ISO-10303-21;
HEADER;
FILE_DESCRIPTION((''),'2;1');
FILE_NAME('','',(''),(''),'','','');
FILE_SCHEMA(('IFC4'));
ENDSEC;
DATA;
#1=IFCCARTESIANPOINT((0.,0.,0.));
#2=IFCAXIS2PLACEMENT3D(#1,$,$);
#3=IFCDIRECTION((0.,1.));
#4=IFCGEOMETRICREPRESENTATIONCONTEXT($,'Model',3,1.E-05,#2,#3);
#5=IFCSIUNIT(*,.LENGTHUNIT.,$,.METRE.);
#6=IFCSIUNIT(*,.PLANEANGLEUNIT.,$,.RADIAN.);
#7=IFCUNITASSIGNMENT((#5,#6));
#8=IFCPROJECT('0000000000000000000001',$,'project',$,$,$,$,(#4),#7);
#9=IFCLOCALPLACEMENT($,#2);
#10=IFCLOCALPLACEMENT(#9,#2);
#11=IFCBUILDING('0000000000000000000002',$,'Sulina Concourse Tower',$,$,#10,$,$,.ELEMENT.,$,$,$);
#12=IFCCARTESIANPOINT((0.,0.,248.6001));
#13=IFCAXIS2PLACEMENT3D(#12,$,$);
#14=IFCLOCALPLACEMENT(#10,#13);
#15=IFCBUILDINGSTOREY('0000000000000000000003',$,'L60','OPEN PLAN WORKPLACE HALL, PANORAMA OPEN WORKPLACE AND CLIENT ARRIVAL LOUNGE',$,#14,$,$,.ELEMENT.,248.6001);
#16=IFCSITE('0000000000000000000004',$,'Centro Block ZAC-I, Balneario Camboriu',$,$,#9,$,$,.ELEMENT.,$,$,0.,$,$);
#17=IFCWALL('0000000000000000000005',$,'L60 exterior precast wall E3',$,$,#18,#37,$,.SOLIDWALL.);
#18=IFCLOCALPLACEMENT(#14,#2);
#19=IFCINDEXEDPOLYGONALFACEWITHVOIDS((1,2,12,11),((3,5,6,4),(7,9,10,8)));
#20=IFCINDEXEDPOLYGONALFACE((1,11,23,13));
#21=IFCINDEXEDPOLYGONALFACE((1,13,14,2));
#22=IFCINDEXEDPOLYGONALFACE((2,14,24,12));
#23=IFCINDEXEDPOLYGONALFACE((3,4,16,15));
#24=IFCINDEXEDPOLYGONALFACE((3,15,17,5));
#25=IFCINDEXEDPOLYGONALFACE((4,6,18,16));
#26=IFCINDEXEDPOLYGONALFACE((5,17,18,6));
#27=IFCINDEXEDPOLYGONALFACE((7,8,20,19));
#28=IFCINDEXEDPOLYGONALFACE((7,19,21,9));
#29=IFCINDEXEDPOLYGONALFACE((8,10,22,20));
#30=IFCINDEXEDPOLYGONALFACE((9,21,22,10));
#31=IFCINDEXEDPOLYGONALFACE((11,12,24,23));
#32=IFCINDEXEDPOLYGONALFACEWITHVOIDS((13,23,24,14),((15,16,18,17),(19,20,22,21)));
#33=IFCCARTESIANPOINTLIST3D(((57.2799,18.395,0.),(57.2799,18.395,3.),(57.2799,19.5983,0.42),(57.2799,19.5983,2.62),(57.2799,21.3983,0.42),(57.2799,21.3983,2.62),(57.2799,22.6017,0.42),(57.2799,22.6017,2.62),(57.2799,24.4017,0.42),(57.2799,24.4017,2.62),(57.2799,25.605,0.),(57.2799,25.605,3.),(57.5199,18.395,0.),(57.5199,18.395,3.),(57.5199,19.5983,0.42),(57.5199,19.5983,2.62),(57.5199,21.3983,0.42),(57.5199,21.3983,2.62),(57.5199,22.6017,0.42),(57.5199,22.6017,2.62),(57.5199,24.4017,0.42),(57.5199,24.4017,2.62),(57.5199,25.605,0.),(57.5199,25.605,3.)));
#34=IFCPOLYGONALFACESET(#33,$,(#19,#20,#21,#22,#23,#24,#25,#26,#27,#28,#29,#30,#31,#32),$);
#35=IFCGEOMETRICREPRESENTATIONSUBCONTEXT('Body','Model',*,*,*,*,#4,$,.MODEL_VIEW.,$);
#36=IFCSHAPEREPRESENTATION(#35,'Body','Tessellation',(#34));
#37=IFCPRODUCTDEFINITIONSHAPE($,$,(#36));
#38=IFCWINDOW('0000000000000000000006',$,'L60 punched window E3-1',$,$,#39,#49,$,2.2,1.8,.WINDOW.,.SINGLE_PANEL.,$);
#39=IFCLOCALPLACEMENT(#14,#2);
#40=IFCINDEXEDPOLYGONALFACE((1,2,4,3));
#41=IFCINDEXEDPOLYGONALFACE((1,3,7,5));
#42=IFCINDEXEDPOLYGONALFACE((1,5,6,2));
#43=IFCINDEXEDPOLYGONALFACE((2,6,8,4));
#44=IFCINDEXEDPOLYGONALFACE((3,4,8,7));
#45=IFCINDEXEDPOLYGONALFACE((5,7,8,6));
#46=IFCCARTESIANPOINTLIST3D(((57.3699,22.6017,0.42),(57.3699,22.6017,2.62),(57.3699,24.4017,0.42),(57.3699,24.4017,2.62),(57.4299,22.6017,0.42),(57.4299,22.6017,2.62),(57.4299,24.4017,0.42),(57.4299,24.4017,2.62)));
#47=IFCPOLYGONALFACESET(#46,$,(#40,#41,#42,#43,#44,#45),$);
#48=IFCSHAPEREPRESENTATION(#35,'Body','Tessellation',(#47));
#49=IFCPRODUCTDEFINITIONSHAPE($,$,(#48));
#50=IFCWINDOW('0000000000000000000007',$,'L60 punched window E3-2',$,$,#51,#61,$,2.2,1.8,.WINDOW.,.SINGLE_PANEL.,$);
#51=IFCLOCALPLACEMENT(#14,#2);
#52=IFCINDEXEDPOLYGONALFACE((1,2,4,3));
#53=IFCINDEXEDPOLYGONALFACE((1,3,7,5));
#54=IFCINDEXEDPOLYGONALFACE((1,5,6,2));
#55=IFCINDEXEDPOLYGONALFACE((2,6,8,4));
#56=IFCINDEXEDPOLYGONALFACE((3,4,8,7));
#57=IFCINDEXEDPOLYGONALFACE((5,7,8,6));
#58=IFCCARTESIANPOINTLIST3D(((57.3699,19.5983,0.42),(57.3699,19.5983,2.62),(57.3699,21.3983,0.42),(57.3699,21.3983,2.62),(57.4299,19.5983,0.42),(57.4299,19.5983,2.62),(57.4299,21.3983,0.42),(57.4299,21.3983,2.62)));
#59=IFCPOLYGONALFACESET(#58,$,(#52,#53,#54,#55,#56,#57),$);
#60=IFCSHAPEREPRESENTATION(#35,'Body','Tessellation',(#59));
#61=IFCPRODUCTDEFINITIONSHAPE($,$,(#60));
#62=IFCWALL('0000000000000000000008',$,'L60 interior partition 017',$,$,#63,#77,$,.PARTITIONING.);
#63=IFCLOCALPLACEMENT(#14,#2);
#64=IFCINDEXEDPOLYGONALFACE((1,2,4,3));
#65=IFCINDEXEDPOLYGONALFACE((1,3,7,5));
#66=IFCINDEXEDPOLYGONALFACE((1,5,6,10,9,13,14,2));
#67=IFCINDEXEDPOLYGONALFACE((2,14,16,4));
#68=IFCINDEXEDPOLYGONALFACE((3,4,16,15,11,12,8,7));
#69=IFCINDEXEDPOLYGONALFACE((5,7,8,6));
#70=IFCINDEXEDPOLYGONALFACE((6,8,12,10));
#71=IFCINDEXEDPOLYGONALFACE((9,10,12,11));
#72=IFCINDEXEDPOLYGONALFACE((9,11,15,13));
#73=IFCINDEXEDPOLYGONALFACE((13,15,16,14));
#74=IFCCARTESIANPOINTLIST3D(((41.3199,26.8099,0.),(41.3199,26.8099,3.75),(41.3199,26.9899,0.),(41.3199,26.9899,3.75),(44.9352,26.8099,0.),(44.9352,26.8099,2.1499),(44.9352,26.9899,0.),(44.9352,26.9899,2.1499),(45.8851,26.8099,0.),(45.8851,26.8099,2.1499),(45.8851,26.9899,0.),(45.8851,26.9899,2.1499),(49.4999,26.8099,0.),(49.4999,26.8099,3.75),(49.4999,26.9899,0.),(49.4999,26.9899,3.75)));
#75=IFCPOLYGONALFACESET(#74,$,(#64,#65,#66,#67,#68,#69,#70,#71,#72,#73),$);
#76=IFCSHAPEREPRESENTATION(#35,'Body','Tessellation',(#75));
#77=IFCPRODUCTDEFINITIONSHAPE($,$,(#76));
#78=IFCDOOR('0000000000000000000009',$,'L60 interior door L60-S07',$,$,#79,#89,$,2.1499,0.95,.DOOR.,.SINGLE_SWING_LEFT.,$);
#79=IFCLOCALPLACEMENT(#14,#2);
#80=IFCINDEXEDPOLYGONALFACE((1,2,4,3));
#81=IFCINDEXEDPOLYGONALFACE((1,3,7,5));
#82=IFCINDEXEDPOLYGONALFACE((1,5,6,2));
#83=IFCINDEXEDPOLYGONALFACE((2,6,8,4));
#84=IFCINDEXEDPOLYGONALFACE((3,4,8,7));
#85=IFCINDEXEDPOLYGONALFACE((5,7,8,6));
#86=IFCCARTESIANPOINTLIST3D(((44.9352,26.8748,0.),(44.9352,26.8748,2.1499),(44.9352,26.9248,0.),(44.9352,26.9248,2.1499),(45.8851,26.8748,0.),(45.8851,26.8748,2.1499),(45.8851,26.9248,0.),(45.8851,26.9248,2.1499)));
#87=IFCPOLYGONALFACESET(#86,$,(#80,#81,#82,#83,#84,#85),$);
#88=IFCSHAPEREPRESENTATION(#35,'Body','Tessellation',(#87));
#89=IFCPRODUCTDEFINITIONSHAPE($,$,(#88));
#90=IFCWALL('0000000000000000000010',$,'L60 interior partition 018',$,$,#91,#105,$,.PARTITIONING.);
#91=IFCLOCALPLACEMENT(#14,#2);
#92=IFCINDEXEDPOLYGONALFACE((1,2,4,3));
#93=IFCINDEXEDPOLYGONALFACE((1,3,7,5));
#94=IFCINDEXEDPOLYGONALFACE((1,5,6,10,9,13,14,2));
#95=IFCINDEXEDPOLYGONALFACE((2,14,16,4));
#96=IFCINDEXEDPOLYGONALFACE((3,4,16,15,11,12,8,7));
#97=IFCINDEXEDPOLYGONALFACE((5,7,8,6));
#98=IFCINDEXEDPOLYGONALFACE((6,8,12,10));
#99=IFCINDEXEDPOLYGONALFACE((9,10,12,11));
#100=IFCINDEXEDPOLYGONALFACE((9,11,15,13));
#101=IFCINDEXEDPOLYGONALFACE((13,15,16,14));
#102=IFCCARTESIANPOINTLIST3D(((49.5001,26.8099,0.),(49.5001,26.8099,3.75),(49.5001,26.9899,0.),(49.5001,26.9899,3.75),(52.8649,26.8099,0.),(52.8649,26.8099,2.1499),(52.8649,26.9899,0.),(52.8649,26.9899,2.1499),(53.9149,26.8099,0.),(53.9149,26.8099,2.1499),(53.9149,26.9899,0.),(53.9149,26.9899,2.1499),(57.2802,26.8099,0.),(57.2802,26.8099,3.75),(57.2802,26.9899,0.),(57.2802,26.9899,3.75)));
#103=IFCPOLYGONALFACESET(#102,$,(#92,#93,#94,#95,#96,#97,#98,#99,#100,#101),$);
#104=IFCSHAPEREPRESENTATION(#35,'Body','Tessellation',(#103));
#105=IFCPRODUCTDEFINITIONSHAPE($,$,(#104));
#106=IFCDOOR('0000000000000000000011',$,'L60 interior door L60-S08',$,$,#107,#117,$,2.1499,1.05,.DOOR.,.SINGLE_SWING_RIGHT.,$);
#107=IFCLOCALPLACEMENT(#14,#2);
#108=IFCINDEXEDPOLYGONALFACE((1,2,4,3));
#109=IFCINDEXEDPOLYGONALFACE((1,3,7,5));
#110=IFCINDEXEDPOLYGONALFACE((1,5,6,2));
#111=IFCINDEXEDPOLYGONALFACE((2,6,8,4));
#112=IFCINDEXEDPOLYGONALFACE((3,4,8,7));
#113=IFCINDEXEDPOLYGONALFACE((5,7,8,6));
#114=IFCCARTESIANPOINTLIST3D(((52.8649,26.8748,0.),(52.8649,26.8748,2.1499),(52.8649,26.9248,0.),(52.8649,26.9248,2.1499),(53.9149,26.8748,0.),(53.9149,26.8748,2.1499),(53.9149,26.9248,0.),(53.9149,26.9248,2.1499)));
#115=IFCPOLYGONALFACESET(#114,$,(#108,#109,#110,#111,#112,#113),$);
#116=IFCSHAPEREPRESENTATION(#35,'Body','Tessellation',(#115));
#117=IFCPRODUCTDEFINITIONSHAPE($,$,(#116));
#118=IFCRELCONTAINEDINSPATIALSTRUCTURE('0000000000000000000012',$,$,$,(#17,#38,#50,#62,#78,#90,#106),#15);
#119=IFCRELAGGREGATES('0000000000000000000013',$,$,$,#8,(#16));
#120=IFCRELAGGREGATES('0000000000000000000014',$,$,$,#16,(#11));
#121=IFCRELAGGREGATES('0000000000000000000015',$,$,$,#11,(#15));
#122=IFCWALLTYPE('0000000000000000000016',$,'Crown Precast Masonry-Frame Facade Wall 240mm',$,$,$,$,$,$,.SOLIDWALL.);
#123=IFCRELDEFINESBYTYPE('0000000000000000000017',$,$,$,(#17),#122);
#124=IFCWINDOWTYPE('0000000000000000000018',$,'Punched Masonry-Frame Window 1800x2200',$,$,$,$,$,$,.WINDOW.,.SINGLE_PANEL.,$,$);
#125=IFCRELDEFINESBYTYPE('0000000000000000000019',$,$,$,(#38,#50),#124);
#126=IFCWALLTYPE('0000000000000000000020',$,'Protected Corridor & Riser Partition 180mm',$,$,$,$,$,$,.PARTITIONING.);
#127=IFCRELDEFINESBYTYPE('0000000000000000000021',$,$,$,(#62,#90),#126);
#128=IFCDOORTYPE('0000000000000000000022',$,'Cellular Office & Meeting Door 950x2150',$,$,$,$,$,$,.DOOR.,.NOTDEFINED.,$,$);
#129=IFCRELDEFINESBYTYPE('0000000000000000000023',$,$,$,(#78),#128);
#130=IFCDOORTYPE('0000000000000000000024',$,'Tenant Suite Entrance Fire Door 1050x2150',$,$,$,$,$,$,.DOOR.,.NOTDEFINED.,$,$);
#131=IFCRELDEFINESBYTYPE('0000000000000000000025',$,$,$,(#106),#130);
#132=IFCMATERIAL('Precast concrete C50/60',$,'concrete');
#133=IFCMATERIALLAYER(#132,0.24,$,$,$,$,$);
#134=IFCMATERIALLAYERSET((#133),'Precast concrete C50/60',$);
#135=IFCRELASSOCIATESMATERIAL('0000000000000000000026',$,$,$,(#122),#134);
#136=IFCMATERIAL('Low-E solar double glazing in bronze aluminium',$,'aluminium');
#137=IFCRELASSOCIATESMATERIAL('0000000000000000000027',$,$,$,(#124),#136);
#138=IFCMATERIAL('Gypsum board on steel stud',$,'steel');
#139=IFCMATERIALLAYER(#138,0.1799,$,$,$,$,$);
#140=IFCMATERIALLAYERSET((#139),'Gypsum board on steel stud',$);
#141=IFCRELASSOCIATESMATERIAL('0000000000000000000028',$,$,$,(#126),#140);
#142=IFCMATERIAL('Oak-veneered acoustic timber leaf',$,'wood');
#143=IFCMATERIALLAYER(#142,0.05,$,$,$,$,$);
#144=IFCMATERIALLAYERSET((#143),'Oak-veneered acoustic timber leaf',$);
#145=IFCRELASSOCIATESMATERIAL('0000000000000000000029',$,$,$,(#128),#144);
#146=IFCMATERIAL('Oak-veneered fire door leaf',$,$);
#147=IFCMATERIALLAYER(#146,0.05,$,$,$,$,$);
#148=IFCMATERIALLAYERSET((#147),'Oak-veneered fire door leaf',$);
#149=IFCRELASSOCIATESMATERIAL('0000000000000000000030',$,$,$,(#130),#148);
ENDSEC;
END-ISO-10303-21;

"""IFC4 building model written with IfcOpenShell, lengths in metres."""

from ifc_helpers import new_model, si_unit, direction, frame, frame_2d, origin, place, context, subcontext, project, spatial, rectangle, extrude, material, layer, layer_set, type_object, element, fill, save


model = new_model("IFC4")

# Units and contexts
model_context = context("Model", 3, precision=1e-05, world=origin(), true_north=direction((0.0, 1.0)))
body_context = subcontext(model_context, "Body", "Model", "MODEL_VIEW")
ifc_project = project(units=[si_unit("LENGTHUNIT", "METRE"), si_unit("PLANEANGLEUNIT", "RADIAN")], contexts=[model_context])

# Site, building, storey
site_placement = place(None, origin())
site = spatial("IfcSite", under=ifc_project, at=site_placement, Name="Centro Block ZAC-I, Balneario Camboriu", CompositionType="ELEMENT", RefElevation=0.0)
building_placement = place(site_placement, origin())
building = spatial("IfcBuilding", under=site, at=building_placement, Name="Sulina Concourse Tower", CompositionType="ELEMENT")
storey_placement = place(building_placement, frame((0.0, 0.0, 248.6001)))
storey = spatial("IfcBuildingStorey", under=building, at=storey_placement, Name="L60", Description="OPEN PLAN WORKPLACE HALL, PANORAMA OPEN WORKPLACE AND CLIENT ARRIVAL LOUNGE", CompositionType="ELEMENT", Elevation=248.6001)

# Shared definitions
ifc_material_1 = material(Name="Precast concrete C50/60", Category="concrete")
ifc_layer_1 = layer(ifc_material_1, 0.24)
ifc_layer_set_1 = layer_set([ifc_layer_1], Name="Precast concrete C50/60")
wall_type_1 = type_object("IfcWallType", Name="Crown Precast Masonry-Frame Facade Wall 240mm", PredefinedType="SOLIDWALL", material=ifc_layer_set_1)
ifc_material_2 = material(Name="Low-E solar double glazing in bronze aluminium", Category="aluminium")
window_type = type_object("IfcWindowType", Name="Punched Masonry-Frame Window 1800x2200", PartitioningType="SINGLE_PANEL", PredefinedType="WINDOW", material=ifc_material_2)

# Wall, openings, windows
wall_1_placement = place(storey_placement, frame((57.3999, 25.605, 0.0), z_axis=(0.0, 0.0, 1.0), x_axis=(0.0, -1.0, 0.0)))
wall_1 = element("IfcWall", 1, at=wall_1_placement, inside=storey, type_object=wall_type_1, Name="L60 exterior precast wall E3", PredefinedType="SOLIDWALL", context=body_context, shape_type="SweptSolid", body=[
    extrude(rectangle(XDim=7.21, YDim=0.24, at=frame_2d((3.605, 0.0))), origin(), (0.0, 0.0, 1.0), 3.0),
])
opening_1_placement = place(wall_1_placement, frame((1.2034, 0.0, 0.4199)))
opening_1 = element("IfcOpeningElement", 2, at=opening_1_placement, cuts=wall_1, PredefinedType="OPENING", context=body_context, shape_type="SweptSolid", body=[
    extrude(rectangle(XDim=1.8, YDim=2.2, at=frame_2d((0.8999, 1.1001))), frame((0.0, 0.1299, 0.0), z_axis=(0.0, -1.0, 0.0), x_axis=(1.0, 0.0, 0.0)), (0.0, 0.0, 1.0), 0.26),
])
opening_2_placement = place(wall_1_placement, frame((4.2068, 0.0, 0.4199)))
opening_2 = element("IfcOpeningElement", 3, at=opening_2_placement, cuts=wall_1, PredefinedType="OPENING", context=body_context, shape_type="SweptSolid", body=[
    extrude(rectangle(XDim=1.8, YDim=2.2, at=frame_2d((0.8999, 1.1001))), frame((0.0, 0.1299, 0.0), z_axis=(0.0, -1.0, 0.0), x_axis=(1.0, 0.0, 0.0)), (0.0, 0.0, 1.0), 0.26),
])
window_1_placement = place(opening_1_placement, origin())
window_1 = element("IfcWindow", 4, at=window_1_placement, inside=storey, type_object=window_type, Name="L60 punched window E3-1", OverallHeight=2.2, OverallWidth=1.8, PartitioningType="SINGLE_PANEL", PredefinedType="WINDOW", context=body_context, shape_type="SweptSolid", body=[
    extrude(rectangle(XDim=1.8, YDim=2.2, at=frame_2d((0.8999, 1.1001))), frame((0.0, 0.03, 0.0), z_axis=(0.0, -1.0, 0.0), x_axis=(1.0, 0.0, 0.0)), (0.0, 0.0, 1.0), 0.0601),
])
fill(opening_1, window_1)
window_2_placement = place(opening_2_placement, origin())
window_2 = element("IfcWindow", 5, at=window_2_placement, inside=storey, type_object=window_type, Name="L60 punched window E3-2", OverallHeight=2.2, OverallWidth=1.8, PartitioningType="SINGLE_PANEL", PredefinedType="WINDOW", context=body_context, shape_type="SweptSolid", body=[
    extrude(rectangle(XDim=1.8, YDim=2.2, at=frame_2d((0.8999, 1.1001))), frame((0.0, 0.03, 0.0), z_axis=(0.0, -1.0, 0.0), x_axis=(1.0, 0.0, 0.0)), (0.0, 0.0, 1.0), 0.0601),
])
fill(opening_2, window_2)

# Walls, openings, doors
ifc_material_3 = material(Name="Gypsum board on steel stud", Category="steel")
ifc_layer_2 = layer(ifc_material_3, 0.1799)
ifc_layer_set_2 = layer_set([ifc_layer_2], Name="Gypsum board on steel stud")
wall_type_2 = type_object("IfcWallType", Name="Protected Corridor & Riser Partition 180mm", PredefinedType="PARTITIONING", material=ifc_layer_set_2)
wall_2_placement = place(storey_placement, frame((41.3201, 26.8999, 0.0), z_axis=(0.0, 0.0, 1.0), x_axis=(1.0, 0.0, 0.0)))
wall_2 = element("IfcWall", 6, at=wall_2_placement, inside=storey, type_object=wall_type_2, Name="L60 interior partition 017", PredefinedType="PARTITIONING", context=body_context, shape_type="SweptSolid", body=[
    extrude(rectangle(XDim=8.1799, YDim=0.1799, at=frame_2d((4.0898, 0.0))), origin(), (0.0, 0.0, 1.0), 3.75),
])
opening_3_placement = place(wall_2_placement, frame((3.615, 0.0, 0.0)))
opening_3 = element("IfcOpeningElement", 7, at=opening_3_placement, cuts=wall_2, PredefinedType="OPENING", context=body_context, shape_type="SweptSolid", body=[
    extrude(rectangle(XDim=0.95, YDim=2.1499, at=frame_2d((0.4751, 1.075))), frame((0.0, 0.0999, 0.0), z_axis=(0.0, -1.0, 0.0), x_axis=(1.0, 0.0, 0.0)), (0.0, 0.0, 1.0), 0.2),
])
ifc_material_4 = material(Name="Oak-veneered acoustic timber leaf", Category="wood")
ifc_layer_3 = layer(ifc_material_4, 0.05)
ifc_layer_set_3 = layer_set([ifc_layer_3], Name="Oak-veneered acoustic timber leaf")
door_type_1 = type_object("IfcDoorType", Name="Cellular Office & Meeting Door 950x2150", OperationType="NOTDEFINED", PredefinedType="DOOR", material=ifc_layer_set_3)
door_1_placement = place(opening_3_placement, origin())
door_1 = element("IfcDoor", 8, at=door_1_placement, inside=storey, type_object=door_type_1, Name="L60 interior door L60-S07", OperationType="SINGLE_SWING_LEFT", OverallHeight=2.1499, OverallWidth=0.95, PredefinedType="DOOR", context=body_context, shape_type="SweptSolid", body=[
    extrude(rectangle(XDim=0.95, YDim=2.1499, at=frame_2d((0.4751, 1.075))), frame((0.0, 0.0249, 0.0), z_axis=(0.0, -1.0, 0.0), x_axis=(1.0, 0.0, 0.0)), (0.0, 0.0, 1.0), 0.05),
])
fill(opening_3, door_1)
wall_3_placement = place(storey_placement, frame((49.5, 26.8999, 0.0), z_axis=(0.0, 0.0, 1.0), x_axis=(1.0, 0.0, 0.0)))
wall_3 = element("IfcWall", 9, at=wall_3_placement, inside=storey, type_object=wall_type_2, Name="L60 interior partition 018", PredefinedType="PARTITIONING", context=body_context, shape_type="SweptSolid", body=[
    extrude(rectangle(XDim=7.78, YDim=0.1799, at=frame_2d((3.8901, 0.0))), origin(), (0.0, 0.0, 1.0), 3.75),
])
opening_4_placement = place(wall_3_placement, frame((3.365, 0.0, 0.0)))
opening_4 = element("IfcOpeningElement", 10, at=opening_4_placement, cuts=wall_3, PredefinedType="OPENING", context=body_context, shape_type="SweptSolid", body=[
    extrude(rectangle(XDim=1.05, YDim=2.1499, at=frame_2d((0.5249, 1.075))), frame((0.0, 0.0999, 0.0), z_axis=(0.0, -1.0, 0.0), x_axis=(1.0, 0.0, 0.0)), (0.0, 0.0, 1.0), 0.2),
])
ifc_material_5 = material(Name="Oak-veneered fire door leaf")
ifc_layer_4 = layer(ifc_material_5, 0.05)
ifc_layer_set_4 = layer_set([ifc_layer_4], Name="Oak-veneered fire door leaf")
door_type_2 = type_object("IfcDoorType", Name="Tenant Suite Entrance Fire Door 1050x2150", OperationType="NOTDEFINED", PredefinedType="DOOR", material=ifc_layer_set_4)
door_2_placement = place(opening_4_placement, origin())
door_2 = element("IfcDoor", 11, at=door_2_placement, inside=storey, type_object=door_type_2, Name="L60 interior door L60-S08", OperationType="SINGLE_SWING_RIGHT", OverallHeight=2.1499, OverallWidth=1.05, PredefinedType="DOOR", context=body_context, shape_type="SweptSolid", body=[
    extrude(rectangle(XDim=1.05, YDim=2.1499, at=frame_2d((0.5249, 1.075))), frame((0.0, 0.0249, 0.0), z_axis=(0.0, -1.0, 0.0), x_axis=(1.0, 0.0, 0.0)), (0.0, 0.0, 1.0), 0.05),
])
fill(opening_4, door_2)

save(model, "model.ifc")
